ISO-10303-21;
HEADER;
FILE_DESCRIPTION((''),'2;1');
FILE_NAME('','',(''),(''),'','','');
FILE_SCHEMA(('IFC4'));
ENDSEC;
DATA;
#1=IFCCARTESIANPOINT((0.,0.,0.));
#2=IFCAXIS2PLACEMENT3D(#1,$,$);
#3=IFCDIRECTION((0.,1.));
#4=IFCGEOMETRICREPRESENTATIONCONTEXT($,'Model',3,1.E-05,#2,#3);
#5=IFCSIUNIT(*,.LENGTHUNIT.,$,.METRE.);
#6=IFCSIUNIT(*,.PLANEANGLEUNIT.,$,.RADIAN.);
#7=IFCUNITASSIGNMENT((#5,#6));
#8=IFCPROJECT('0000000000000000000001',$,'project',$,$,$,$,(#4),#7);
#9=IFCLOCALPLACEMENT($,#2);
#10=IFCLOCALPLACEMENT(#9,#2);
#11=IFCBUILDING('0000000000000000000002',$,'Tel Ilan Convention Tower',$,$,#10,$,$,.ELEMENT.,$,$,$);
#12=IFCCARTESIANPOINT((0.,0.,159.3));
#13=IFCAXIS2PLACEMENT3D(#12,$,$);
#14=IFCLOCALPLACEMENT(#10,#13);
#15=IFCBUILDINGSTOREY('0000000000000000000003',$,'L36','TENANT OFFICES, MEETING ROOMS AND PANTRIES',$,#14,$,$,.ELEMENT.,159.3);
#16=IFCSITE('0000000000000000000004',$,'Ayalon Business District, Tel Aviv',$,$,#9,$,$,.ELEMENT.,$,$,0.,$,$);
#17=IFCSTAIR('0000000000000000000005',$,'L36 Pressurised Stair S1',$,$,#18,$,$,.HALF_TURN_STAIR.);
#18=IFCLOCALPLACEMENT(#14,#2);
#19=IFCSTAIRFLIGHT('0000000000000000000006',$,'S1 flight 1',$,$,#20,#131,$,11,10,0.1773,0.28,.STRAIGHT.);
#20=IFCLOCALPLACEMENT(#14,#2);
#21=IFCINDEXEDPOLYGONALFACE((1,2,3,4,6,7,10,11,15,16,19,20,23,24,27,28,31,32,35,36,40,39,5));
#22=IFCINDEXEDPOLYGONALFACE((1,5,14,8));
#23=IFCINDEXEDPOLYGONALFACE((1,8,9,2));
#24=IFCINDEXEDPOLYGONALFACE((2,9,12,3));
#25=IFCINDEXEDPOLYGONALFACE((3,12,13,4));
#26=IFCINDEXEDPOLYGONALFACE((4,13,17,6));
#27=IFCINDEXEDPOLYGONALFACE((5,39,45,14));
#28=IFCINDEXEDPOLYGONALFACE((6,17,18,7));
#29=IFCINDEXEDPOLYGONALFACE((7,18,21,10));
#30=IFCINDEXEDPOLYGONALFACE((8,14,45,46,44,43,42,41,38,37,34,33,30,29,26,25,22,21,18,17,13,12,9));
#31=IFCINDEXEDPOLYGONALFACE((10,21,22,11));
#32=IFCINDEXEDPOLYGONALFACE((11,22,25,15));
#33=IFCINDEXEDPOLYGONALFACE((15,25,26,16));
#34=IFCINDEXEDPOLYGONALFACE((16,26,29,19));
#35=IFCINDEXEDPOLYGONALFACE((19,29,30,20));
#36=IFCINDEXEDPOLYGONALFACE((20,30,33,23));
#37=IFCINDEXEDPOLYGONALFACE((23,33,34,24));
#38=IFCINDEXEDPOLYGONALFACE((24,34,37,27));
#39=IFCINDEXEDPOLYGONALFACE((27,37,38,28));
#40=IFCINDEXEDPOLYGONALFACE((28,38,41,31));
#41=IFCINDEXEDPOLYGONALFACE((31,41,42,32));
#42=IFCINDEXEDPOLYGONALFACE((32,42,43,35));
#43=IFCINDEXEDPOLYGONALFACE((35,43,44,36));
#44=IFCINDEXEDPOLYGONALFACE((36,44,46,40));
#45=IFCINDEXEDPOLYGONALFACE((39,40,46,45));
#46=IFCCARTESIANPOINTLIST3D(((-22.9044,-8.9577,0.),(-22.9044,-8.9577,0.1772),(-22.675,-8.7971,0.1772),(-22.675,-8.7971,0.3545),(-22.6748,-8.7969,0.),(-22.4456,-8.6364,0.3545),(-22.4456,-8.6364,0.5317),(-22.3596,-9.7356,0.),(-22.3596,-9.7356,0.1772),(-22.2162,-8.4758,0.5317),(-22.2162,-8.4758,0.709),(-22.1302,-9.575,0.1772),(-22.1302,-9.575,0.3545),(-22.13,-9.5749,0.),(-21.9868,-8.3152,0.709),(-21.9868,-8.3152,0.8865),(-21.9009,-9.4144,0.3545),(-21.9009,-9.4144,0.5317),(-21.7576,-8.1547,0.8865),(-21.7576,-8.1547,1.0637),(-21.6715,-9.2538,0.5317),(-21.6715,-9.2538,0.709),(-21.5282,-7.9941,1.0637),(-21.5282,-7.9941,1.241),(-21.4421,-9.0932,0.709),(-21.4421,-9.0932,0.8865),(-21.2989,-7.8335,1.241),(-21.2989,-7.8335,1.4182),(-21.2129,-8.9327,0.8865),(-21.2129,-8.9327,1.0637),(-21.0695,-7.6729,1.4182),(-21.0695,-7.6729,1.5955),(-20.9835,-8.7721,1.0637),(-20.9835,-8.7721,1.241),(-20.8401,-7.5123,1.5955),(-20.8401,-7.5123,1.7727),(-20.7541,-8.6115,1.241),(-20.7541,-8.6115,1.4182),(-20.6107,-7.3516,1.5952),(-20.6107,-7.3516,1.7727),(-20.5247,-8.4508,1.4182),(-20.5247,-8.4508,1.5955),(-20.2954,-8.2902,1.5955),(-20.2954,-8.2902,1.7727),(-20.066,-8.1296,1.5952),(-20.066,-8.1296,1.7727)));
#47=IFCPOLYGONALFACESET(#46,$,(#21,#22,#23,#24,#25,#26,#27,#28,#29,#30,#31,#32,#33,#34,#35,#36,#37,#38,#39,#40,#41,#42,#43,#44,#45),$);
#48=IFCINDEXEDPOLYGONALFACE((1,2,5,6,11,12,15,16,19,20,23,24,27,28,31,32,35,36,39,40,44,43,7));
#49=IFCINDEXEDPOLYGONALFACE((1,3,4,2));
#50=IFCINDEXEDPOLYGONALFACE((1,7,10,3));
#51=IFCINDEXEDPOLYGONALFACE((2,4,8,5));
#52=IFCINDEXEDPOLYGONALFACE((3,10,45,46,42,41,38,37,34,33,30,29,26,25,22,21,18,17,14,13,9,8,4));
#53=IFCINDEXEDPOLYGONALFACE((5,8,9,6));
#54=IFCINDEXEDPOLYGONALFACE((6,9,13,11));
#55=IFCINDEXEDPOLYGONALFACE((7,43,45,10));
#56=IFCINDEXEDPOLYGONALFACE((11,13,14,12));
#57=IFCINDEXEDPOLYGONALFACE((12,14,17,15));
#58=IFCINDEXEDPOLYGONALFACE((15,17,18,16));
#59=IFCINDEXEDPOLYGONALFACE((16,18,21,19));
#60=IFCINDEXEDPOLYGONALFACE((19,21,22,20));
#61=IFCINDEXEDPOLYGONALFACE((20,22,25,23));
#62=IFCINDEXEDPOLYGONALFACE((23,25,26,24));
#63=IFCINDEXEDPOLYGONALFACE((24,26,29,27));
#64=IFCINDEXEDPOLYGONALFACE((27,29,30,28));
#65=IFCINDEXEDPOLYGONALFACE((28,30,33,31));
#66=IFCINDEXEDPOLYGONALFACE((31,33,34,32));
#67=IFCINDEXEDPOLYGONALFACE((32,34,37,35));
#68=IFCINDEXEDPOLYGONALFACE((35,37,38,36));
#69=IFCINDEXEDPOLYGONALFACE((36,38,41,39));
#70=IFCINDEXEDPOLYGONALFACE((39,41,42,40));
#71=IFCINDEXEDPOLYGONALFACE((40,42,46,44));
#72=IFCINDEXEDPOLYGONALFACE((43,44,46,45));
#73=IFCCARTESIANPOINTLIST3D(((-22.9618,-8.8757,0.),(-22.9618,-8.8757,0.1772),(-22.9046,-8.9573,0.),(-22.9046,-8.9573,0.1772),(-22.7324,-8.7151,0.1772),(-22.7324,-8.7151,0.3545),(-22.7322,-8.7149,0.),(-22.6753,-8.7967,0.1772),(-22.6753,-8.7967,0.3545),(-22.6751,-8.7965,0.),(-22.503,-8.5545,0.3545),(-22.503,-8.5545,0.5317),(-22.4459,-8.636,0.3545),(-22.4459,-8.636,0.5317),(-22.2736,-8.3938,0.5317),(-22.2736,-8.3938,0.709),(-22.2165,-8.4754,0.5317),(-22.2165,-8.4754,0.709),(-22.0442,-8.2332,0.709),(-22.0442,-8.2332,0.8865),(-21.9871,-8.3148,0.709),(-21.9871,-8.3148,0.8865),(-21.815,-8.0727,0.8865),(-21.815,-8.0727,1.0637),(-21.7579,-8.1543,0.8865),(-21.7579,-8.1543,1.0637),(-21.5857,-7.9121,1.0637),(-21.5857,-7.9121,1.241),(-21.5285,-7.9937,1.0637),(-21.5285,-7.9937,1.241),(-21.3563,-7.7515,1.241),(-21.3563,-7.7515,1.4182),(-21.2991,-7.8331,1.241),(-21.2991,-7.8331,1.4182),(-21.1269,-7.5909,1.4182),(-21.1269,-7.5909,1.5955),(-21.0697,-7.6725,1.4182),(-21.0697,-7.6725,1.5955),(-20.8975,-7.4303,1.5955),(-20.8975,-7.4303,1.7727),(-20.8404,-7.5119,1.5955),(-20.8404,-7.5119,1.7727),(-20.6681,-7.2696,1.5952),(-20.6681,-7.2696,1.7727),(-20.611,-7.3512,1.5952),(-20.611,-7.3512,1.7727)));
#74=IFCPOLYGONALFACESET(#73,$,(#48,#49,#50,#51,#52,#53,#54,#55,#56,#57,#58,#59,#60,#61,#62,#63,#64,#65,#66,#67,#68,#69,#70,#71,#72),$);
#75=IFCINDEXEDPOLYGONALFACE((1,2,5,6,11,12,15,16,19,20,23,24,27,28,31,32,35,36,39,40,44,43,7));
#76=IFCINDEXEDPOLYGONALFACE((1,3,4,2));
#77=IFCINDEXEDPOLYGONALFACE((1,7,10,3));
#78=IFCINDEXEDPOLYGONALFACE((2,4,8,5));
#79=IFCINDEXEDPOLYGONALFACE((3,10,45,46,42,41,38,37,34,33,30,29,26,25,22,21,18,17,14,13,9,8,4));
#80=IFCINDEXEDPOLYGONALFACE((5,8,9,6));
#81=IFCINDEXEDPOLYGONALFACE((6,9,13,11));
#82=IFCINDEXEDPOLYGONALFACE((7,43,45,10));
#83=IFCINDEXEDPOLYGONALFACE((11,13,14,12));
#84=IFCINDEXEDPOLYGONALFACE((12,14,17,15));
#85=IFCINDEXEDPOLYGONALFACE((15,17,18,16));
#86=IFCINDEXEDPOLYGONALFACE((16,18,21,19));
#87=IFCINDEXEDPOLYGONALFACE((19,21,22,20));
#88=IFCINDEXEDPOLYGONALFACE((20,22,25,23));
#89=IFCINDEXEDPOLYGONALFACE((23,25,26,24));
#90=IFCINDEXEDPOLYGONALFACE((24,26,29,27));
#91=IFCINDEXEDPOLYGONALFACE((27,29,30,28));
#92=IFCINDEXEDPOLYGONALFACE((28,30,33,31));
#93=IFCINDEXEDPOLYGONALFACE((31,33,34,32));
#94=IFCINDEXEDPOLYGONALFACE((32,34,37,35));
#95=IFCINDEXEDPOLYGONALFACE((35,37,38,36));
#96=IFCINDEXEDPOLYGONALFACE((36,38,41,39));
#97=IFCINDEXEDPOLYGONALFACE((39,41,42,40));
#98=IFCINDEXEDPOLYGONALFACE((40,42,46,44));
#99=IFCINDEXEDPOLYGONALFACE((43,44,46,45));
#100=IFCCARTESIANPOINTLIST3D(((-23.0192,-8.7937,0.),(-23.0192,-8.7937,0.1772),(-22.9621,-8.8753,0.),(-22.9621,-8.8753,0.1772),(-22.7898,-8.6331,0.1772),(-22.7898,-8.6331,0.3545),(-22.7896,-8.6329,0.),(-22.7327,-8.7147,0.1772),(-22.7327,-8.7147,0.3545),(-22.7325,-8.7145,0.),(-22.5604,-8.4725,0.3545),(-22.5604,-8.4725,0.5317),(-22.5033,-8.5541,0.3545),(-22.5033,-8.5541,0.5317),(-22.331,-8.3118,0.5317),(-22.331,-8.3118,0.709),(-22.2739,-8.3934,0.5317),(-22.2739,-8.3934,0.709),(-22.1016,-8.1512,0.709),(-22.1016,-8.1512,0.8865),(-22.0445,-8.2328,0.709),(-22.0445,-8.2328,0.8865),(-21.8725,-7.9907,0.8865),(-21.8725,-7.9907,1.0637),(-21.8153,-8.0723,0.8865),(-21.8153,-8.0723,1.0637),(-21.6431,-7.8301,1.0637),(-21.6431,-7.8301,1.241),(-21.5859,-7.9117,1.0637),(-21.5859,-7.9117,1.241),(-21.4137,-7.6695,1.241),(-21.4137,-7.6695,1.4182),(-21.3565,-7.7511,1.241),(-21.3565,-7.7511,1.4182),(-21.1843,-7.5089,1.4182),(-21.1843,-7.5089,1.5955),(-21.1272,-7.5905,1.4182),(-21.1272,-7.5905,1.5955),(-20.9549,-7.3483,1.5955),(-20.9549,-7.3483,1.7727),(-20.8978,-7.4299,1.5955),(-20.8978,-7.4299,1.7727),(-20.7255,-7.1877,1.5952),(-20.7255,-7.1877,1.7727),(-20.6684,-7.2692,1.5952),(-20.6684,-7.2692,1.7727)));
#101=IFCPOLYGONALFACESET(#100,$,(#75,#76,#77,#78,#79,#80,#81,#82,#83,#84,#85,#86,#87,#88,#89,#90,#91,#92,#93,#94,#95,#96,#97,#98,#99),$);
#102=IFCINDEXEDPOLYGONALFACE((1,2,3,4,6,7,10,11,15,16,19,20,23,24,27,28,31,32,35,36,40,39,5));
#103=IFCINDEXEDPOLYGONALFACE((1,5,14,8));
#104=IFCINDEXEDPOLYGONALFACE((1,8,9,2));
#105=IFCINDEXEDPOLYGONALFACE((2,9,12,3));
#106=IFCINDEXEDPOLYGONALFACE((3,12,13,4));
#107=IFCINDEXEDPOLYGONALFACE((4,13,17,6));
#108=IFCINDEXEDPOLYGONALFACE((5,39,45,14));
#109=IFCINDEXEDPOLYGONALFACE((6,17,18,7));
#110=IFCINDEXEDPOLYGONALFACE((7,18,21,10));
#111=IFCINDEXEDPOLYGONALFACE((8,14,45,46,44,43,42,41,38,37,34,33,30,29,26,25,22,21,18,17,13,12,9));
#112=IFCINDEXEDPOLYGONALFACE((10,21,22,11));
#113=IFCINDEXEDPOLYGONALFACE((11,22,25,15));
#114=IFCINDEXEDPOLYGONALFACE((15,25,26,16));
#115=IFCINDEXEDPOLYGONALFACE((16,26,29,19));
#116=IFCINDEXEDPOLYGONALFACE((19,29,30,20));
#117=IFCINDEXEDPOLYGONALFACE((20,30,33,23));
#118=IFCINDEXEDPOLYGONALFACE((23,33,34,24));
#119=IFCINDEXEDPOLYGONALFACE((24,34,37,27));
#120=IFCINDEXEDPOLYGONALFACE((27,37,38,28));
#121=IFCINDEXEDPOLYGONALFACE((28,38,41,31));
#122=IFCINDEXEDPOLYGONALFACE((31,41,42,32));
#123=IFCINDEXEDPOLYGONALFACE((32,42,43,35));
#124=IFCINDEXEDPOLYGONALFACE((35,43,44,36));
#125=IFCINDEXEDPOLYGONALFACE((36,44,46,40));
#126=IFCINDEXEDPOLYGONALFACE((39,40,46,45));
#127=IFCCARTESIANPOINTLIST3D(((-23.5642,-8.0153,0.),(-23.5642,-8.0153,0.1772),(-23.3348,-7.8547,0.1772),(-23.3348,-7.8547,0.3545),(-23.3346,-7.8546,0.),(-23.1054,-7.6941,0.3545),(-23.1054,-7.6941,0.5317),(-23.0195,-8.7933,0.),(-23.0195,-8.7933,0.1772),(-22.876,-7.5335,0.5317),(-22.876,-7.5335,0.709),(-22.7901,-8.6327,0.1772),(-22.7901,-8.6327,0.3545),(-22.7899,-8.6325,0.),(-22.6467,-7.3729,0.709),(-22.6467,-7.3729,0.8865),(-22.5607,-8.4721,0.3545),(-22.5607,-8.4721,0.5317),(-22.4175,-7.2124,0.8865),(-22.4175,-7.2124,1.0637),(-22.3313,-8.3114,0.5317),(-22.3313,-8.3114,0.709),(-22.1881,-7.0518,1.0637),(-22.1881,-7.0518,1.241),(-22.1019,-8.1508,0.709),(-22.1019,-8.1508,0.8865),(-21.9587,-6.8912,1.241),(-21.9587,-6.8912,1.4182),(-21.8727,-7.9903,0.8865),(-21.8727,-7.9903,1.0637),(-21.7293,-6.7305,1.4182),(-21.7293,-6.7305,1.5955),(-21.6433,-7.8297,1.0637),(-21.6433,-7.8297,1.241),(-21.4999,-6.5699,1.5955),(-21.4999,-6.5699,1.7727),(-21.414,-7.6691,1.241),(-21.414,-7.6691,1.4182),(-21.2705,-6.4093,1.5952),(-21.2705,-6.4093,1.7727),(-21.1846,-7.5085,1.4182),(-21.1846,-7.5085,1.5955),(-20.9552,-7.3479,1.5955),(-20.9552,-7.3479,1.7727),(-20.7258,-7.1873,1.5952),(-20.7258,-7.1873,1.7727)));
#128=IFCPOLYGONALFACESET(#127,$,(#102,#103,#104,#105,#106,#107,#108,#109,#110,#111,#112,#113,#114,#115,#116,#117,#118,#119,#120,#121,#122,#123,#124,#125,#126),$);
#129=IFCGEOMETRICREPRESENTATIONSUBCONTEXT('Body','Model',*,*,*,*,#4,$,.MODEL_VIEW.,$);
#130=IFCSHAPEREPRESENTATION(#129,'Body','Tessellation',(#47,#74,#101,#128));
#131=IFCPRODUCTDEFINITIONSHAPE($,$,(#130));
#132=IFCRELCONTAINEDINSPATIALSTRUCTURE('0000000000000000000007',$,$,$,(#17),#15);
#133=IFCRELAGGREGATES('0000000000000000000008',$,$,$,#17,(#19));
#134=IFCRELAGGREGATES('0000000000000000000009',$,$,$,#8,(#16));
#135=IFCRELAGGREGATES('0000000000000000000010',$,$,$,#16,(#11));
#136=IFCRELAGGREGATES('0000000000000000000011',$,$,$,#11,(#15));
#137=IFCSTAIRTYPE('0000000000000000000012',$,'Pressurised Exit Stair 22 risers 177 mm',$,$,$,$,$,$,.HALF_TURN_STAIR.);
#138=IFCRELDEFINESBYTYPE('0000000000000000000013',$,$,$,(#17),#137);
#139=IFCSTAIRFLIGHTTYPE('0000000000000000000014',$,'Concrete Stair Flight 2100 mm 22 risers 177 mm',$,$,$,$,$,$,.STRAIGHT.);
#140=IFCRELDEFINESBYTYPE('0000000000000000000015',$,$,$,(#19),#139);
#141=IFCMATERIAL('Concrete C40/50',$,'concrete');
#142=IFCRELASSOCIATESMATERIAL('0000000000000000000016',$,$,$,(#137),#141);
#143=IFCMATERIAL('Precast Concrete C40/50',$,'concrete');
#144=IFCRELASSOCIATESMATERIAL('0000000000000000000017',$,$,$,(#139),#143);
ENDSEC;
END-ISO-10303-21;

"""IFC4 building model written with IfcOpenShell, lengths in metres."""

from ifc_helpers import new_model, si_unit, direction, frame, origin, place, context, subcontext, project, spatial, polyline, outline, extrude, material, type_object, element, aggregate, save


model = new_model("IFC4")

# Units and contexts
model_context = context("Model", 3, precision=1e-05, world=origin(), true_north=direction((0.0, 1.0)))
body_context = subcontext(model_context, "Body", "Model", "MODEL_VIEW")
ifc_project = project(units=[si_unit("LENGTHUNIT", "METRE"), si_unit("PLANEANGLEUNIT", "RADIAN")], contexts=[model_context])

# Site, building, storey
site_placement = place(None, origin())
site = spatial("IfcSite", under=ifc_project, at=site_placement, Name="Ayalon Business District, Tel Aviv", CompositionType="ELEMENT", RefElevation=0.0)
building_placement = place(site_placement, origin())
building = spatial("IfcBuilding", under=site, at=building_placement, Name="Tel Ilan Convention Tower", CompositionType="ELEMENT")
storey_placement = place(building_placement, frame((0.0, 0.0, 159.3)))
storey = spatial("IfcBuildingStorey", under=building, at=storey_placement, Name="L36", Description="TENANT OFFICES, MEETING ROOMS AND PANTRIES", CompositionType="ELEMENT", Elevation=159.3)

# Stair, stair flight
ifc_material_1 = material(Name="Concrete C40/50", Category="concrete")
stair_type = type_object("IfcStairType", Name="Pressurised Exit Stair 22 risers 177 mm", PredefinedType="HALF_TURN_STAIR", material=ifc_material_1)
stair_1_placement = place(storey_placement, origin())
stair_1 = element("IfcStair", 1, at=stair_1_placement, inside=storey, type_object=stair_type, Name="L36 Pressurised Stair S1", PredefinedType="HALF_TURN_STAIR")
ifc_material_2 = material(Name="Precast Concrete C40/50", Category="concrete")
stair_flight_type = type_object("IfcStairFlightType", Name="Concrete Stair Flight 2100 mm 22 risers 177 mm", PredefinedType="STRAIGHT", material=ifc_material_2)
stair_flight_1_placement = place(storey_placement, frame((-22.9619, -8.8755, 0.0), z_axis=(0.0, 0.0, 1.0), x_axis=(0.819152, 0.573576, 0.0)))
stair_flight_1 = element("IfcStairFlight", 2, at=stair_flight_1_placement, type_object=stair_flight_type, Name="S1 flight 1", NumberOfRisers=11, NumberOfTreads=10, PredefinedType="STRAIGHT", RiserHeight=0.1773, TreadLength=0.28, context=body_context, shape_type="SweptSolid", body=[
    extrude(outline(polyline([(0.0, 0.0), (0.0, 0.1772), (0.28, 0.1772), (0.28, 0.3545), (0.5601, 0.3545), (0.5601, 0.5317), (0.8401, 0.5317), (0.8401, 0.709), (1.1201, 0.709), (1.1201, 0.8865), (1.3999, 0.8865), (1.3999, 1.0637), (1.6799, 1.0637), (1.6799, 1.241), (1.96, 1.241), (1.96, 1.4182), (2.24, 1.4182), (2.24, 1.5955), (2.52, 1.5955), (2.52, 1.7727), (2.8, 1.7727), (2.8, 1.95), (2.8, 1.5952), (0.2803, 0.0), (0.0, 0.0)])), frame((0.0, -0.1003, 0.0), z_axis=(0.0, -1.0, 0.0), x_axis=(1.0, 0.0, 0.0)), (0.0, 0.0, 1.0), 0.9497),
    extrude(outline(polyline([(0.0, 0.0), (0.0, 0.1772), (0.28, 0.1772), (0.28, 0.3545), (0.5601, 0.3545), (0.5601, 0.5317), (0.8401, 0.5317), (0.8401, 0.709), (1.1201, 0.709), (1.1201, 0.8865), (1.3999, 0.8865), (1.3999, 1.0637), (1.6799, 1.0637), (1.6799, 1.241), (1.96, 1.241), (1.96, 1.4182), (2.24, 1.4182), (2.24, 1.5955), (2.52, 1.5955), (2.52, 1.7727), (2.8, 1.7727), (2.8, 1.95), (2.8, 1.5952), (0.2803, 0.0), (0.0, 0.0)])), frame((0.0, -0.0002, 0.0), z_axis=(0.0, -1.0, 0.0), x_axis=(1.0, 0.0, 0.0)), (0.0, 0.0, 1.0), 0.0996),
    extrude(outline(polyline([(0.0, 0.0), (0.0, 0.1772), (0.28, 0.1772), (0.28, 0.3545), (0.5601, 0.3545), (0.5601, 0.5317), (0.8401, 0.5317), (0.8401, 0.709), (1.1201, 0.709), (1.1201, 0.8865), (1.3999, 0.8865), (1.3999, 1.0637), (1.6799, 1.0637), (1.6799, 1.241), (1.96, 1.241), (1.96, 1.4182), (2.24, 1.4182), (2.24, 1.5955), (2.52, 1.5955), (2.52, 1.7727), (2.8, 1.7727), (2.8, 1.95), (2.8, 1.5952), (0.2803, 0.0), (0.0, 0.0)])), frame((0.0, 0.0999, 0.0), z_axis=(0.0, -1.0, 0.0), x_axis=(1.0, 0.0, 0.0)), (0.0, 0.0, 1.0), 0.0996),
    extrude(outline(polyline([(0.0, 0.0), (0.0, 0.1772), (0.28, 0.1772), (0.28, 0.3545), (0.5601, 0.3545), (0.5601, 0.5317), (0.8401, 0.5317), (0.8401, 0.709), (1.1201, 0.709), (1.1201, 0.8865), (1.3999, 0.8865), (1.3999, 1.0637), (1.6799, 1.0637), (1.6799, 1.241), (1.96, 1.241), (1.96, 1.4182), (2.24, 1.4182), (2.24, 1.5955), (2.52, 1.5955), (2.52, 1.7727), (2.8, 1.7727), (2.8, 1.95), (2.8, 1.5952), (0.2803, 0.0), (0.0, 0.0)])), frame((0.0, 1.05, 0.0), z_axis=(0.0, -1.0, 0.0), x_axis=(1.0, 0.0, 0.0)), (0.0, 0.0, 1.0), 0.9497),
])
aggregate(stair_1, [stair_flight_1])

save(model, "model.ifc")
